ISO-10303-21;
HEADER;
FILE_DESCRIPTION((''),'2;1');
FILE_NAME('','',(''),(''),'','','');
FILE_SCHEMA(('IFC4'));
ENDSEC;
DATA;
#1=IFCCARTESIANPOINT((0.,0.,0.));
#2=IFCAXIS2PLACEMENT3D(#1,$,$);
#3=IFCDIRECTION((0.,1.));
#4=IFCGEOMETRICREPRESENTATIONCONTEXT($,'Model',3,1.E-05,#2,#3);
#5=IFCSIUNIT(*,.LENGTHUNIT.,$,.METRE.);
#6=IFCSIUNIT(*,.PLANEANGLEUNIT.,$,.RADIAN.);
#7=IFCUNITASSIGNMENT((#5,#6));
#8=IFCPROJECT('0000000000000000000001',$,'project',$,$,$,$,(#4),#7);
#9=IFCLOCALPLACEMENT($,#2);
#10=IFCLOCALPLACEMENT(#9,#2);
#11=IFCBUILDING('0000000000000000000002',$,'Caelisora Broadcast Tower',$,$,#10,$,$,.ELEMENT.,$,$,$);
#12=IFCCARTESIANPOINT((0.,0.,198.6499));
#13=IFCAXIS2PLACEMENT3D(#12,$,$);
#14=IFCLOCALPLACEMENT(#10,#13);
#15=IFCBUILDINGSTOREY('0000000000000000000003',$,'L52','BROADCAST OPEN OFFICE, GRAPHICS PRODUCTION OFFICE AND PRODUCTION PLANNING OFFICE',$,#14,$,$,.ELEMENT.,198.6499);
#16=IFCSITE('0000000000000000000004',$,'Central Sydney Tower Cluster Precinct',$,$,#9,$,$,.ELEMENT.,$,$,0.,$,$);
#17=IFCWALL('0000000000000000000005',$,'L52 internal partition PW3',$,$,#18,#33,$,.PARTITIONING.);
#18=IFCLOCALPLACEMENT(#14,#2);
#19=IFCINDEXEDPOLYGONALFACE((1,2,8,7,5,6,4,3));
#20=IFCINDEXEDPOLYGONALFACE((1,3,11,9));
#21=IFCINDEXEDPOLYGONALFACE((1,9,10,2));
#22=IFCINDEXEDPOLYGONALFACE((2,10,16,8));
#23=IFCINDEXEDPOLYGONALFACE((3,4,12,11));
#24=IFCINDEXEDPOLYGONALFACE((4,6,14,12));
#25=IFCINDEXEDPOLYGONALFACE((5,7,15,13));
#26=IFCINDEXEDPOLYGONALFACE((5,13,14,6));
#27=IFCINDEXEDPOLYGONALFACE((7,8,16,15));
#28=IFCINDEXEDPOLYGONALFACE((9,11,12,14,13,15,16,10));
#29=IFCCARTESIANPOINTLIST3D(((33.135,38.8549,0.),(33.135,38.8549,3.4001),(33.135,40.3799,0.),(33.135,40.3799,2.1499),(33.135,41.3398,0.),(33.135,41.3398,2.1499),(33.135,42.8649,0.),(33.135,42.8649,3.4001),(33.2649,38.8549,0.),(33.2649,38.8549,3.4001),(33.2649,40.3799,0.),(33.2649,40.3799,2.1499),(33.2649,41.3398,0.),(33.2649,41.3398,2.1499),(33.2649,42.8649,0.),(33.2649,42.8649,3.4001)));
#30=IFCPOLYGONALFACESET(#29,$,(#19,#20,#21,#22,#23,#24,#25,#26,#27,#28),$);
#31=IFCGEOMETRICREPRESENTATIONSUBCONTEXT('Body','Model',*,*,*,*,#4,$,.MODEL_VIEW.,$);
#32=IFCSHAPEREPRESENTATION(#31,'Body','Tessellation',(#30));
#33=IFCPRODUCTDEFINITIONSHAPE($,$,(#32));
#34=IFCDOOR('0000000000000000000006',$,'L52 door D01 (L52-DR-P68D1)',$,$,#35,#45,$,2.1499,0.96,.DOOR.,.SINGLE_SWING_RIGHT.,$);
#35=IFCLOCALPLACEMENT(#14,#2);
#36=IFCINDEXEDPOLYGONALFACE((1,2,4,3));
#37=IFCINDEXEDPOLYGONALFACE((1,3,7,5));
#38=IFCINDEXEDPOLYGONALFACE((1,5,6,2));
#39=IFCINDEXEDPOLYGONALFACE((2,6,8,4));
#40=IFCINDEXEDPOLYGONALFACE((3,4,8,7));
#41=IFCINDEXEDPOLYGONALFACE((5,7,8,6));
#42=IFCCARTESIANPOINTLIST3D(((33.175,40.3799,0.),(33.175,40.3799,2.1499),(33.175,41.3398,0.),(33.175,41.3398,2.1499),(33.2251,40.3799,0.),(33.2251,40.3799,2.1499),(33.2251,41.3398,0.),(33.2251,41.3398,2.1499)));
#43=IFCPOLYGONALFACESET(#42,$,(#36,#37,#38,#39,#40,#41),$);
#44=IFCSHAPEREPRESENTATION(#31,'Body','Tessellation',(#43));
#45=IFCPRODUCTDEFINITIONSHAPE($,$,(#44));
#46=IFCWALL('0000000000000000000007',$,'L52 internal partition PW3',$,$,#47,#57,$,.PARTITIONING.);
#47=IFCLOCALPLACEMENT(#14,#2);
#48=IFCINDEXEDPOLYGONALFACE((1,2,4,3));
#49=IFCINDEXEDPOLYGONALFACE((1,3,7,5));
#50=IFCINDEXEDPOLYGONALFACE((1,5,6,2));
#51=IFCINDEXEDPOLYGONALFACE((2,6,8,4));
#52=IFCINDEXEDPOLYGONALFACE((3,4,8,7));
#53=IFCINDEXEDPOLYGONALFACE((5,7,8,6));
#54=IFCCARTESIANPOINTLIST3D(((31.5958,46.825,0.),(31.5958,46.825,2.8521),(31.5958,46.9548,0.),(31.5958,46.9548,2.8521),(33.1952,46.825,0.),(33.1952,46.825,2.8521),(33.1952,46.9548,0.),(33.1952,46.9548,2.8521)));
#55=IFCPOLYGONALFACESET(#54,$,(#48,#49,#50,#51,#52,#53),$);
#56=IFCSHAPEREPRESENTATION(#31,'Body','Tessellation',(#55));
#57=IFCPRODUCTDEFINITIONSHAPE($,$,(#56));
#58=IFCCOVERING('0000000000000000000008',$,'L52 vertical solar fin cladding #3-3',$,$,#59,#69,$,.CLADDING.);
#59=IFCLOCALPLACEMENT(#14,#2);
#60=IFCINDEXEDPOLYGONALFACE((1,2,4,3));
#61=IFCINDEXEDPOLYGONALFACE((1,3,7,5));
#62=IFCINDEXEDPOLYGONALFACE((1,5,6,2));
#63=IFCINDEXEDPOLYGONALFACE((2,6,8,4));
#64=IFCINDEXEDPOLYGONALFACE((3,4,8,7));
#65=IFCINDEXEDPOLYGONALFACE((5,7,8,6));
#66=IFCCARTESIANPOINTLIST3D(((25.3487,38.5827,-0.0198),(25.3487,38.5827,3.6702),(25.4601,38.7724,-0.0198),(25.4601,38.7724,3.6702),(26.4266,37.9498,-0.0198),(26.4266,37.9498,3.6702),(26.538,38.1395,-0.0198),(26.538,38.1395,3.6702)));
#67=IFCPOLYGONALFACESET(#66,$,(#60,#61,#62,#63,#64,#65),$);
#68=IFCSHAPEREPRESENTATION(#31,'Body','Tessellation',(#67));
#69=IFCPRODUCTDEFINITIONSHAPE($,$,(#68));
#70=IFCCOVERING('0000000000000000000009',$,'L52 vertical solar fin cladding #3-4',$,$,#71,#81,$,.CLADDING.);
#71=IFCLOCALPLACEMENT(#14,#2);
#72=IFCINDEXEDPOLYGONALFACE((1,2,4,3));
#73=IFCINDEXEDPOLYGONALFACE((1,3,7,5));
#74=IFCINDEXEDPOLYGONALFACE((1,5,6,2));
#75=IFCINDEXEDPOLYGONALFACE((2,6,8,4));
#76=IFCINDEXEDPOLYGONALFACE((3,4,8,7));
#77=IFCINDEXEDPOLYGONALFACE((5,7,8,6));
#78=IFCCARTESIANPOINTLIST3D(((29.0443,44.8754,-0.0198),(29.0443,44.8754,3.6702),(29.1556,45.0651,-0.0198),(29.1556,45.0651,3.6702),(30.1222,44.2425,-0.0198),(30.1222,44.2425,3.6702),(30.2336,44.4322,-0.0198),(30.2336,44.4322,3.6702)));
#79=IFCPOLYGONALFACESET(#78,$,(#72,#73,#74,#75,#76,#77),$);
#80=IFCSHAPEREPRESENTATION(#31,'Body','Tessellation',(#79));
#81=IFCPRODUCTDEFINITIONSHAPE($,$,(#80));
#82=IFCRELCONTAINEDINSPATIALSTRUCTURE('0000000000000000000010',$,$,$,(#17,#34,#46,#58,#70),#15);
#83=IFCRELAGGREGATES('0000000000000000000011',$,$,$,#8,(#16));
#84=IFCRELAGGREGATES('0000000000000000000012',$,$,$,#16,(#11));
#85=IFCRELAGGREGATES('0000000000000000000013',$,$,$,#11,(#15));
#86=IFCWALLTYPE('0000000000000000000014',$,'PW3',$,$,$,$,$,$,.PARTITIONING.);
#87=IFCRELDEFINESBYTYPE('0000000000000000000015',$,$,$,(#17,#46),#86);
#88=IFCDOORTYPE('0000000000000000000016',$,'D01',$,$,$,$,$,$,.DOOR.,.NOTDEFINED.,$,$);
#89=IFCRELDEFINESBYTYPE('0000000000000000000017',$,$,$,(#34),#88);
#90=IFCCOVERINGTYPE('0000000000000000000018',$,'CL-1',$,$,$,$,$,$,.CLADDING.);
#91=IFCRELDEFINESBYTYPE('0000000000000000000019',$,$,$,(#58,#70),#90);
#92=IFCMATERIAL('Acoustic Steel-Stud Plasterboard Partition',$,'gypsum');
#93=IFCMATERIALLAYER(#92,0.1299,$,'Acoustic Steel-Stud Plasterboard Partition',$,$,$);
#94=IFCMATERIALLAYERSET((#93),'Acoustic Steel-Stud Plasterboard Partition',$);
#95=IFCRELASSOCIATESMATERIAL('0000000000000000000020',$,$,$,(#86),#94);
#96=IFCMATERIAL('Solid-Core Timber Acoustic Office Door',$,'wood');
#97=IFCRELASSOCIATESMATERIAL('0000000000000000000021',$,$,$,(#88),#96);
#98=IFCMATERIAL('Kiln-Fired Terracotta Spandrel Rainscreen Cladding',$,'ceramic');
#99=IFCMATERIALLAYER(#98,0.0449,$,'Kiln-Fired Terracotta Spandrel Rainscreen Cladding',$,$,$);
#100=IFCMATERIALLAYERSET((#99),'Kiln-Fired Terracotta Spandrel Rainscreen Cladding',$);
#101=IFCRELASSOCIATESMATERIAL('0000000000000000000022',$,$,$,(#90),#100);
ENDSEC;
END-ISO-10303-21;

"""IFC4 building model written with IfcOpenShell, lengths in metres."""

from ifc_helpers import new_model, si_unit, direction, frame, frame_2d, origin, origin_2d, place, context, subcontext, project, spatial, rectangle, extrude, source, transform, mapped, material, layer, layer_set, type_object, type_shapes, element, fill, save


model = new_model("IFC4")

# Units and contexts
model_context = context("Model", 3, precision=1e-05, world=origin(), true_north=direction((0.0, 1.0)))
body_context = subcontext(model_context, "Body", "Model", "MODEL_VIEW")
ifc_project = project(units=[si_unit("LENGTHUNIT", "METRE"), si_unit("PLANEANGLEUNIT", "RADIAN")], contexts=[model_context])

# Site, building, storey
site_placement = place(None, origin())
site = spatial("IfcSite", under=ifc_project, at=site_placement, Name="Central Sydney Tower Cluster Precinct", CompositionType="ELEMENT", RefElevation=0.0)
building_placement = place(site_placement, origin())
building = spatial("IfcBuilding", under=site, at=building_placement, Name="Caelisora Broadcast Tower", CompositionType="ELEMENT")
storey_placement = place(building_placement, frame((0.0, 0.0, 198.6499)))
storey = spatial("IfcBuildingStorey", under=building, at=storey_placement, Name="L52", Description="BROADCAST OPEN OFFICE, GRAPHICS PRODUCTION OFFICE AND PRODUCTION PLANNING OFFICE", CompositionType="ELEMENT", Elevation=198.6499)

# Shared definitions
ifc_material_1 = material(Name="Acoustic Steel-Stud Plasterboard Partition", Category="gypsum")
ifc_layer_1 = layer(ifc_material_1, 0.1299, Name="Acoustic Steel-Stud Plasterboard Partition")
ifc_layer_set_1 = layer_set([ifc_layer_1], Name="Acoustic Steel-Stud Plasterboard Partition")
wall_type_1 = type_object("IfcWallType", Name="PW3", PredefinedType="PARTITIONING", material=ifc_layer_set_1)
ifc_material_2 = material(Name="Solid-Core Timber Acoustic Office Door", Category="wood")
door_type = type_object("IfcDoorType", Name="D01", OperationType="NOTDEFINED", PredefinedType="DOOR", material=ifc_material_2)

# Wall, opening, door
wall_1_placement = place(storey_placement, frame((33.2, 38.855, 0.0), z_axis=(0.0, 0.0, 1.0), x_axis=(0.0, 1.0, 0.0)))
wall_1 = element("IfcWall", 1, at=wall_1_placement, inside=storey, type_object=wall_type_1, Name="L52 internal partition PW3", PredefinedType="PARTITIONING", context=body_context, shape_type="SweptSolid", body=[
    extrude(rectangle(XDim=4.01, YDim=0.1299, at=frame_2d((2.0049, 0.0))), origin(), (0.0, 0.0, 1.0), 3.4001),
])
opening_1_placement = place(wall_1_placement, frame((1.5249, 0.0, 0.0)))
opening_1 = element("IfcOpeningElement", 2, at=opening_1_placement, cuts=wall_1, PredefinedType="OPENING", context=body_context, shape_type="SweptSolid", body=[
    extrude(rectangle(XDim=0.96, YDim=2.1499, at=frame_2d((0.48, 1.075))), frame((0.0, 0.0769, 0.0), z_axis=(0.0, -1.0, 0.0), x_axis=(1.0, 0.0, 0.0)), (0.0, 0.0, 1.0), 0.1538),
])
door_1_placement = place(opening_1_placement, origin())
door_1 = element("IfcDoor", 3, at=door_1_placement, inside=storey, type_object=door_type, Name="L52 door D01 (L52-DR-P68D1)", OperationType="SINGLE_SWING_RIGHT", OverallHeight=2.1499, OverallWidth=0.96, PredefinedType="DOOR", context=body_context, shape_type="SweptSolid", body=[
    extrude(rectangle(XDim=0.96, YDim=2.1499, at=frame_2d((0.48, 1.075))), frame((0.0, 0.0249, 0.0), z_axis=(0.0, -1.0, 0.0), x_axis=(1.0, 0.0, 0.0)), (0.0, 0.0, 1.0), 0.05),
])
fill(opening_1, door_1)

# Wall
wall_2_placement = place(storey_placement, frame((31.5957, 46.8899, 0.0), z_axis=(0.0, 0.0, 1.0), x_axis=(1.0, 0.0, 0.0)))
element("IfcWall", 4, at=wall_2_placement, inside=storey, type_object=wall_type_1, Name="L52 internal partition PW3", PredefinedType="PARTITIONING", context=body_context, shape_type="SweptSolid", body=[
    extrude(rectangle(XDim=1.5994, YDim=0.1299, at=frame_2d((0.7998, 0.0))), origin(), (0.0, 0.0, 1.0), 2.8521),
])

# Coverings
ifc_material_3 = material(Name="Kiln-Fired Terracotta Spandrel Rainscreen Cladding", Category="ceramic")
ifc_layer_2 = layer(ifc_material_3, 0.0449, Name="Kiln-Fired Terracotta Spandrel Rainscreen Cladding")
ifc_layer_set_2 = layer_set([ifc_layer_2], Name="Kiln-Fired Terracotta Spandrel Rainscreen Cladding")
covering_type = type_object("IfcCoveringType", Name="CL-1", PredefinedType="CLADDING", material=ifc_layer_set_2)
shared_shape_1 = source(origin(), body_context, "Body", "SweptSolid", [
    extrude(rectangle(XDim=0.22, YDim=1.25, at=origin_2d()), origin(), (0.0, 0.0, 1.0), 3.6899),
])
type_shapes(covering_type, [shared_shape_1])
for number, where, z_axis, x_axis, name in (
    (5, (25.9434, 38.3611, -0.0198), (0.0, 0.0, 1.0), (0.506335, 0.862337, 0.0), "L52 vertical solar fin cladding #3-3"),
    (6, (29.6389, 44.6538, -0.0198), (0.0, 0.0, 1.0), (0.506335, 0.862337, 0.0), "L52 vertical solar fin cladding #3-4"),
):
    element("IfcCovering", number, at=place(storey_placement, frame(where, z_axis=z_axis, x_axis=x_axis)), inside=storey, type_object=covering_type, Name=name, PredefinedType="CLADDING", context=body_context, shape_type="MappedRepresentation", body=[
        mapped(shared_shape_1, transform((0.0, 0.0, 0.0), scale=1.0)),
    ])

save(model, "model.ifc")
